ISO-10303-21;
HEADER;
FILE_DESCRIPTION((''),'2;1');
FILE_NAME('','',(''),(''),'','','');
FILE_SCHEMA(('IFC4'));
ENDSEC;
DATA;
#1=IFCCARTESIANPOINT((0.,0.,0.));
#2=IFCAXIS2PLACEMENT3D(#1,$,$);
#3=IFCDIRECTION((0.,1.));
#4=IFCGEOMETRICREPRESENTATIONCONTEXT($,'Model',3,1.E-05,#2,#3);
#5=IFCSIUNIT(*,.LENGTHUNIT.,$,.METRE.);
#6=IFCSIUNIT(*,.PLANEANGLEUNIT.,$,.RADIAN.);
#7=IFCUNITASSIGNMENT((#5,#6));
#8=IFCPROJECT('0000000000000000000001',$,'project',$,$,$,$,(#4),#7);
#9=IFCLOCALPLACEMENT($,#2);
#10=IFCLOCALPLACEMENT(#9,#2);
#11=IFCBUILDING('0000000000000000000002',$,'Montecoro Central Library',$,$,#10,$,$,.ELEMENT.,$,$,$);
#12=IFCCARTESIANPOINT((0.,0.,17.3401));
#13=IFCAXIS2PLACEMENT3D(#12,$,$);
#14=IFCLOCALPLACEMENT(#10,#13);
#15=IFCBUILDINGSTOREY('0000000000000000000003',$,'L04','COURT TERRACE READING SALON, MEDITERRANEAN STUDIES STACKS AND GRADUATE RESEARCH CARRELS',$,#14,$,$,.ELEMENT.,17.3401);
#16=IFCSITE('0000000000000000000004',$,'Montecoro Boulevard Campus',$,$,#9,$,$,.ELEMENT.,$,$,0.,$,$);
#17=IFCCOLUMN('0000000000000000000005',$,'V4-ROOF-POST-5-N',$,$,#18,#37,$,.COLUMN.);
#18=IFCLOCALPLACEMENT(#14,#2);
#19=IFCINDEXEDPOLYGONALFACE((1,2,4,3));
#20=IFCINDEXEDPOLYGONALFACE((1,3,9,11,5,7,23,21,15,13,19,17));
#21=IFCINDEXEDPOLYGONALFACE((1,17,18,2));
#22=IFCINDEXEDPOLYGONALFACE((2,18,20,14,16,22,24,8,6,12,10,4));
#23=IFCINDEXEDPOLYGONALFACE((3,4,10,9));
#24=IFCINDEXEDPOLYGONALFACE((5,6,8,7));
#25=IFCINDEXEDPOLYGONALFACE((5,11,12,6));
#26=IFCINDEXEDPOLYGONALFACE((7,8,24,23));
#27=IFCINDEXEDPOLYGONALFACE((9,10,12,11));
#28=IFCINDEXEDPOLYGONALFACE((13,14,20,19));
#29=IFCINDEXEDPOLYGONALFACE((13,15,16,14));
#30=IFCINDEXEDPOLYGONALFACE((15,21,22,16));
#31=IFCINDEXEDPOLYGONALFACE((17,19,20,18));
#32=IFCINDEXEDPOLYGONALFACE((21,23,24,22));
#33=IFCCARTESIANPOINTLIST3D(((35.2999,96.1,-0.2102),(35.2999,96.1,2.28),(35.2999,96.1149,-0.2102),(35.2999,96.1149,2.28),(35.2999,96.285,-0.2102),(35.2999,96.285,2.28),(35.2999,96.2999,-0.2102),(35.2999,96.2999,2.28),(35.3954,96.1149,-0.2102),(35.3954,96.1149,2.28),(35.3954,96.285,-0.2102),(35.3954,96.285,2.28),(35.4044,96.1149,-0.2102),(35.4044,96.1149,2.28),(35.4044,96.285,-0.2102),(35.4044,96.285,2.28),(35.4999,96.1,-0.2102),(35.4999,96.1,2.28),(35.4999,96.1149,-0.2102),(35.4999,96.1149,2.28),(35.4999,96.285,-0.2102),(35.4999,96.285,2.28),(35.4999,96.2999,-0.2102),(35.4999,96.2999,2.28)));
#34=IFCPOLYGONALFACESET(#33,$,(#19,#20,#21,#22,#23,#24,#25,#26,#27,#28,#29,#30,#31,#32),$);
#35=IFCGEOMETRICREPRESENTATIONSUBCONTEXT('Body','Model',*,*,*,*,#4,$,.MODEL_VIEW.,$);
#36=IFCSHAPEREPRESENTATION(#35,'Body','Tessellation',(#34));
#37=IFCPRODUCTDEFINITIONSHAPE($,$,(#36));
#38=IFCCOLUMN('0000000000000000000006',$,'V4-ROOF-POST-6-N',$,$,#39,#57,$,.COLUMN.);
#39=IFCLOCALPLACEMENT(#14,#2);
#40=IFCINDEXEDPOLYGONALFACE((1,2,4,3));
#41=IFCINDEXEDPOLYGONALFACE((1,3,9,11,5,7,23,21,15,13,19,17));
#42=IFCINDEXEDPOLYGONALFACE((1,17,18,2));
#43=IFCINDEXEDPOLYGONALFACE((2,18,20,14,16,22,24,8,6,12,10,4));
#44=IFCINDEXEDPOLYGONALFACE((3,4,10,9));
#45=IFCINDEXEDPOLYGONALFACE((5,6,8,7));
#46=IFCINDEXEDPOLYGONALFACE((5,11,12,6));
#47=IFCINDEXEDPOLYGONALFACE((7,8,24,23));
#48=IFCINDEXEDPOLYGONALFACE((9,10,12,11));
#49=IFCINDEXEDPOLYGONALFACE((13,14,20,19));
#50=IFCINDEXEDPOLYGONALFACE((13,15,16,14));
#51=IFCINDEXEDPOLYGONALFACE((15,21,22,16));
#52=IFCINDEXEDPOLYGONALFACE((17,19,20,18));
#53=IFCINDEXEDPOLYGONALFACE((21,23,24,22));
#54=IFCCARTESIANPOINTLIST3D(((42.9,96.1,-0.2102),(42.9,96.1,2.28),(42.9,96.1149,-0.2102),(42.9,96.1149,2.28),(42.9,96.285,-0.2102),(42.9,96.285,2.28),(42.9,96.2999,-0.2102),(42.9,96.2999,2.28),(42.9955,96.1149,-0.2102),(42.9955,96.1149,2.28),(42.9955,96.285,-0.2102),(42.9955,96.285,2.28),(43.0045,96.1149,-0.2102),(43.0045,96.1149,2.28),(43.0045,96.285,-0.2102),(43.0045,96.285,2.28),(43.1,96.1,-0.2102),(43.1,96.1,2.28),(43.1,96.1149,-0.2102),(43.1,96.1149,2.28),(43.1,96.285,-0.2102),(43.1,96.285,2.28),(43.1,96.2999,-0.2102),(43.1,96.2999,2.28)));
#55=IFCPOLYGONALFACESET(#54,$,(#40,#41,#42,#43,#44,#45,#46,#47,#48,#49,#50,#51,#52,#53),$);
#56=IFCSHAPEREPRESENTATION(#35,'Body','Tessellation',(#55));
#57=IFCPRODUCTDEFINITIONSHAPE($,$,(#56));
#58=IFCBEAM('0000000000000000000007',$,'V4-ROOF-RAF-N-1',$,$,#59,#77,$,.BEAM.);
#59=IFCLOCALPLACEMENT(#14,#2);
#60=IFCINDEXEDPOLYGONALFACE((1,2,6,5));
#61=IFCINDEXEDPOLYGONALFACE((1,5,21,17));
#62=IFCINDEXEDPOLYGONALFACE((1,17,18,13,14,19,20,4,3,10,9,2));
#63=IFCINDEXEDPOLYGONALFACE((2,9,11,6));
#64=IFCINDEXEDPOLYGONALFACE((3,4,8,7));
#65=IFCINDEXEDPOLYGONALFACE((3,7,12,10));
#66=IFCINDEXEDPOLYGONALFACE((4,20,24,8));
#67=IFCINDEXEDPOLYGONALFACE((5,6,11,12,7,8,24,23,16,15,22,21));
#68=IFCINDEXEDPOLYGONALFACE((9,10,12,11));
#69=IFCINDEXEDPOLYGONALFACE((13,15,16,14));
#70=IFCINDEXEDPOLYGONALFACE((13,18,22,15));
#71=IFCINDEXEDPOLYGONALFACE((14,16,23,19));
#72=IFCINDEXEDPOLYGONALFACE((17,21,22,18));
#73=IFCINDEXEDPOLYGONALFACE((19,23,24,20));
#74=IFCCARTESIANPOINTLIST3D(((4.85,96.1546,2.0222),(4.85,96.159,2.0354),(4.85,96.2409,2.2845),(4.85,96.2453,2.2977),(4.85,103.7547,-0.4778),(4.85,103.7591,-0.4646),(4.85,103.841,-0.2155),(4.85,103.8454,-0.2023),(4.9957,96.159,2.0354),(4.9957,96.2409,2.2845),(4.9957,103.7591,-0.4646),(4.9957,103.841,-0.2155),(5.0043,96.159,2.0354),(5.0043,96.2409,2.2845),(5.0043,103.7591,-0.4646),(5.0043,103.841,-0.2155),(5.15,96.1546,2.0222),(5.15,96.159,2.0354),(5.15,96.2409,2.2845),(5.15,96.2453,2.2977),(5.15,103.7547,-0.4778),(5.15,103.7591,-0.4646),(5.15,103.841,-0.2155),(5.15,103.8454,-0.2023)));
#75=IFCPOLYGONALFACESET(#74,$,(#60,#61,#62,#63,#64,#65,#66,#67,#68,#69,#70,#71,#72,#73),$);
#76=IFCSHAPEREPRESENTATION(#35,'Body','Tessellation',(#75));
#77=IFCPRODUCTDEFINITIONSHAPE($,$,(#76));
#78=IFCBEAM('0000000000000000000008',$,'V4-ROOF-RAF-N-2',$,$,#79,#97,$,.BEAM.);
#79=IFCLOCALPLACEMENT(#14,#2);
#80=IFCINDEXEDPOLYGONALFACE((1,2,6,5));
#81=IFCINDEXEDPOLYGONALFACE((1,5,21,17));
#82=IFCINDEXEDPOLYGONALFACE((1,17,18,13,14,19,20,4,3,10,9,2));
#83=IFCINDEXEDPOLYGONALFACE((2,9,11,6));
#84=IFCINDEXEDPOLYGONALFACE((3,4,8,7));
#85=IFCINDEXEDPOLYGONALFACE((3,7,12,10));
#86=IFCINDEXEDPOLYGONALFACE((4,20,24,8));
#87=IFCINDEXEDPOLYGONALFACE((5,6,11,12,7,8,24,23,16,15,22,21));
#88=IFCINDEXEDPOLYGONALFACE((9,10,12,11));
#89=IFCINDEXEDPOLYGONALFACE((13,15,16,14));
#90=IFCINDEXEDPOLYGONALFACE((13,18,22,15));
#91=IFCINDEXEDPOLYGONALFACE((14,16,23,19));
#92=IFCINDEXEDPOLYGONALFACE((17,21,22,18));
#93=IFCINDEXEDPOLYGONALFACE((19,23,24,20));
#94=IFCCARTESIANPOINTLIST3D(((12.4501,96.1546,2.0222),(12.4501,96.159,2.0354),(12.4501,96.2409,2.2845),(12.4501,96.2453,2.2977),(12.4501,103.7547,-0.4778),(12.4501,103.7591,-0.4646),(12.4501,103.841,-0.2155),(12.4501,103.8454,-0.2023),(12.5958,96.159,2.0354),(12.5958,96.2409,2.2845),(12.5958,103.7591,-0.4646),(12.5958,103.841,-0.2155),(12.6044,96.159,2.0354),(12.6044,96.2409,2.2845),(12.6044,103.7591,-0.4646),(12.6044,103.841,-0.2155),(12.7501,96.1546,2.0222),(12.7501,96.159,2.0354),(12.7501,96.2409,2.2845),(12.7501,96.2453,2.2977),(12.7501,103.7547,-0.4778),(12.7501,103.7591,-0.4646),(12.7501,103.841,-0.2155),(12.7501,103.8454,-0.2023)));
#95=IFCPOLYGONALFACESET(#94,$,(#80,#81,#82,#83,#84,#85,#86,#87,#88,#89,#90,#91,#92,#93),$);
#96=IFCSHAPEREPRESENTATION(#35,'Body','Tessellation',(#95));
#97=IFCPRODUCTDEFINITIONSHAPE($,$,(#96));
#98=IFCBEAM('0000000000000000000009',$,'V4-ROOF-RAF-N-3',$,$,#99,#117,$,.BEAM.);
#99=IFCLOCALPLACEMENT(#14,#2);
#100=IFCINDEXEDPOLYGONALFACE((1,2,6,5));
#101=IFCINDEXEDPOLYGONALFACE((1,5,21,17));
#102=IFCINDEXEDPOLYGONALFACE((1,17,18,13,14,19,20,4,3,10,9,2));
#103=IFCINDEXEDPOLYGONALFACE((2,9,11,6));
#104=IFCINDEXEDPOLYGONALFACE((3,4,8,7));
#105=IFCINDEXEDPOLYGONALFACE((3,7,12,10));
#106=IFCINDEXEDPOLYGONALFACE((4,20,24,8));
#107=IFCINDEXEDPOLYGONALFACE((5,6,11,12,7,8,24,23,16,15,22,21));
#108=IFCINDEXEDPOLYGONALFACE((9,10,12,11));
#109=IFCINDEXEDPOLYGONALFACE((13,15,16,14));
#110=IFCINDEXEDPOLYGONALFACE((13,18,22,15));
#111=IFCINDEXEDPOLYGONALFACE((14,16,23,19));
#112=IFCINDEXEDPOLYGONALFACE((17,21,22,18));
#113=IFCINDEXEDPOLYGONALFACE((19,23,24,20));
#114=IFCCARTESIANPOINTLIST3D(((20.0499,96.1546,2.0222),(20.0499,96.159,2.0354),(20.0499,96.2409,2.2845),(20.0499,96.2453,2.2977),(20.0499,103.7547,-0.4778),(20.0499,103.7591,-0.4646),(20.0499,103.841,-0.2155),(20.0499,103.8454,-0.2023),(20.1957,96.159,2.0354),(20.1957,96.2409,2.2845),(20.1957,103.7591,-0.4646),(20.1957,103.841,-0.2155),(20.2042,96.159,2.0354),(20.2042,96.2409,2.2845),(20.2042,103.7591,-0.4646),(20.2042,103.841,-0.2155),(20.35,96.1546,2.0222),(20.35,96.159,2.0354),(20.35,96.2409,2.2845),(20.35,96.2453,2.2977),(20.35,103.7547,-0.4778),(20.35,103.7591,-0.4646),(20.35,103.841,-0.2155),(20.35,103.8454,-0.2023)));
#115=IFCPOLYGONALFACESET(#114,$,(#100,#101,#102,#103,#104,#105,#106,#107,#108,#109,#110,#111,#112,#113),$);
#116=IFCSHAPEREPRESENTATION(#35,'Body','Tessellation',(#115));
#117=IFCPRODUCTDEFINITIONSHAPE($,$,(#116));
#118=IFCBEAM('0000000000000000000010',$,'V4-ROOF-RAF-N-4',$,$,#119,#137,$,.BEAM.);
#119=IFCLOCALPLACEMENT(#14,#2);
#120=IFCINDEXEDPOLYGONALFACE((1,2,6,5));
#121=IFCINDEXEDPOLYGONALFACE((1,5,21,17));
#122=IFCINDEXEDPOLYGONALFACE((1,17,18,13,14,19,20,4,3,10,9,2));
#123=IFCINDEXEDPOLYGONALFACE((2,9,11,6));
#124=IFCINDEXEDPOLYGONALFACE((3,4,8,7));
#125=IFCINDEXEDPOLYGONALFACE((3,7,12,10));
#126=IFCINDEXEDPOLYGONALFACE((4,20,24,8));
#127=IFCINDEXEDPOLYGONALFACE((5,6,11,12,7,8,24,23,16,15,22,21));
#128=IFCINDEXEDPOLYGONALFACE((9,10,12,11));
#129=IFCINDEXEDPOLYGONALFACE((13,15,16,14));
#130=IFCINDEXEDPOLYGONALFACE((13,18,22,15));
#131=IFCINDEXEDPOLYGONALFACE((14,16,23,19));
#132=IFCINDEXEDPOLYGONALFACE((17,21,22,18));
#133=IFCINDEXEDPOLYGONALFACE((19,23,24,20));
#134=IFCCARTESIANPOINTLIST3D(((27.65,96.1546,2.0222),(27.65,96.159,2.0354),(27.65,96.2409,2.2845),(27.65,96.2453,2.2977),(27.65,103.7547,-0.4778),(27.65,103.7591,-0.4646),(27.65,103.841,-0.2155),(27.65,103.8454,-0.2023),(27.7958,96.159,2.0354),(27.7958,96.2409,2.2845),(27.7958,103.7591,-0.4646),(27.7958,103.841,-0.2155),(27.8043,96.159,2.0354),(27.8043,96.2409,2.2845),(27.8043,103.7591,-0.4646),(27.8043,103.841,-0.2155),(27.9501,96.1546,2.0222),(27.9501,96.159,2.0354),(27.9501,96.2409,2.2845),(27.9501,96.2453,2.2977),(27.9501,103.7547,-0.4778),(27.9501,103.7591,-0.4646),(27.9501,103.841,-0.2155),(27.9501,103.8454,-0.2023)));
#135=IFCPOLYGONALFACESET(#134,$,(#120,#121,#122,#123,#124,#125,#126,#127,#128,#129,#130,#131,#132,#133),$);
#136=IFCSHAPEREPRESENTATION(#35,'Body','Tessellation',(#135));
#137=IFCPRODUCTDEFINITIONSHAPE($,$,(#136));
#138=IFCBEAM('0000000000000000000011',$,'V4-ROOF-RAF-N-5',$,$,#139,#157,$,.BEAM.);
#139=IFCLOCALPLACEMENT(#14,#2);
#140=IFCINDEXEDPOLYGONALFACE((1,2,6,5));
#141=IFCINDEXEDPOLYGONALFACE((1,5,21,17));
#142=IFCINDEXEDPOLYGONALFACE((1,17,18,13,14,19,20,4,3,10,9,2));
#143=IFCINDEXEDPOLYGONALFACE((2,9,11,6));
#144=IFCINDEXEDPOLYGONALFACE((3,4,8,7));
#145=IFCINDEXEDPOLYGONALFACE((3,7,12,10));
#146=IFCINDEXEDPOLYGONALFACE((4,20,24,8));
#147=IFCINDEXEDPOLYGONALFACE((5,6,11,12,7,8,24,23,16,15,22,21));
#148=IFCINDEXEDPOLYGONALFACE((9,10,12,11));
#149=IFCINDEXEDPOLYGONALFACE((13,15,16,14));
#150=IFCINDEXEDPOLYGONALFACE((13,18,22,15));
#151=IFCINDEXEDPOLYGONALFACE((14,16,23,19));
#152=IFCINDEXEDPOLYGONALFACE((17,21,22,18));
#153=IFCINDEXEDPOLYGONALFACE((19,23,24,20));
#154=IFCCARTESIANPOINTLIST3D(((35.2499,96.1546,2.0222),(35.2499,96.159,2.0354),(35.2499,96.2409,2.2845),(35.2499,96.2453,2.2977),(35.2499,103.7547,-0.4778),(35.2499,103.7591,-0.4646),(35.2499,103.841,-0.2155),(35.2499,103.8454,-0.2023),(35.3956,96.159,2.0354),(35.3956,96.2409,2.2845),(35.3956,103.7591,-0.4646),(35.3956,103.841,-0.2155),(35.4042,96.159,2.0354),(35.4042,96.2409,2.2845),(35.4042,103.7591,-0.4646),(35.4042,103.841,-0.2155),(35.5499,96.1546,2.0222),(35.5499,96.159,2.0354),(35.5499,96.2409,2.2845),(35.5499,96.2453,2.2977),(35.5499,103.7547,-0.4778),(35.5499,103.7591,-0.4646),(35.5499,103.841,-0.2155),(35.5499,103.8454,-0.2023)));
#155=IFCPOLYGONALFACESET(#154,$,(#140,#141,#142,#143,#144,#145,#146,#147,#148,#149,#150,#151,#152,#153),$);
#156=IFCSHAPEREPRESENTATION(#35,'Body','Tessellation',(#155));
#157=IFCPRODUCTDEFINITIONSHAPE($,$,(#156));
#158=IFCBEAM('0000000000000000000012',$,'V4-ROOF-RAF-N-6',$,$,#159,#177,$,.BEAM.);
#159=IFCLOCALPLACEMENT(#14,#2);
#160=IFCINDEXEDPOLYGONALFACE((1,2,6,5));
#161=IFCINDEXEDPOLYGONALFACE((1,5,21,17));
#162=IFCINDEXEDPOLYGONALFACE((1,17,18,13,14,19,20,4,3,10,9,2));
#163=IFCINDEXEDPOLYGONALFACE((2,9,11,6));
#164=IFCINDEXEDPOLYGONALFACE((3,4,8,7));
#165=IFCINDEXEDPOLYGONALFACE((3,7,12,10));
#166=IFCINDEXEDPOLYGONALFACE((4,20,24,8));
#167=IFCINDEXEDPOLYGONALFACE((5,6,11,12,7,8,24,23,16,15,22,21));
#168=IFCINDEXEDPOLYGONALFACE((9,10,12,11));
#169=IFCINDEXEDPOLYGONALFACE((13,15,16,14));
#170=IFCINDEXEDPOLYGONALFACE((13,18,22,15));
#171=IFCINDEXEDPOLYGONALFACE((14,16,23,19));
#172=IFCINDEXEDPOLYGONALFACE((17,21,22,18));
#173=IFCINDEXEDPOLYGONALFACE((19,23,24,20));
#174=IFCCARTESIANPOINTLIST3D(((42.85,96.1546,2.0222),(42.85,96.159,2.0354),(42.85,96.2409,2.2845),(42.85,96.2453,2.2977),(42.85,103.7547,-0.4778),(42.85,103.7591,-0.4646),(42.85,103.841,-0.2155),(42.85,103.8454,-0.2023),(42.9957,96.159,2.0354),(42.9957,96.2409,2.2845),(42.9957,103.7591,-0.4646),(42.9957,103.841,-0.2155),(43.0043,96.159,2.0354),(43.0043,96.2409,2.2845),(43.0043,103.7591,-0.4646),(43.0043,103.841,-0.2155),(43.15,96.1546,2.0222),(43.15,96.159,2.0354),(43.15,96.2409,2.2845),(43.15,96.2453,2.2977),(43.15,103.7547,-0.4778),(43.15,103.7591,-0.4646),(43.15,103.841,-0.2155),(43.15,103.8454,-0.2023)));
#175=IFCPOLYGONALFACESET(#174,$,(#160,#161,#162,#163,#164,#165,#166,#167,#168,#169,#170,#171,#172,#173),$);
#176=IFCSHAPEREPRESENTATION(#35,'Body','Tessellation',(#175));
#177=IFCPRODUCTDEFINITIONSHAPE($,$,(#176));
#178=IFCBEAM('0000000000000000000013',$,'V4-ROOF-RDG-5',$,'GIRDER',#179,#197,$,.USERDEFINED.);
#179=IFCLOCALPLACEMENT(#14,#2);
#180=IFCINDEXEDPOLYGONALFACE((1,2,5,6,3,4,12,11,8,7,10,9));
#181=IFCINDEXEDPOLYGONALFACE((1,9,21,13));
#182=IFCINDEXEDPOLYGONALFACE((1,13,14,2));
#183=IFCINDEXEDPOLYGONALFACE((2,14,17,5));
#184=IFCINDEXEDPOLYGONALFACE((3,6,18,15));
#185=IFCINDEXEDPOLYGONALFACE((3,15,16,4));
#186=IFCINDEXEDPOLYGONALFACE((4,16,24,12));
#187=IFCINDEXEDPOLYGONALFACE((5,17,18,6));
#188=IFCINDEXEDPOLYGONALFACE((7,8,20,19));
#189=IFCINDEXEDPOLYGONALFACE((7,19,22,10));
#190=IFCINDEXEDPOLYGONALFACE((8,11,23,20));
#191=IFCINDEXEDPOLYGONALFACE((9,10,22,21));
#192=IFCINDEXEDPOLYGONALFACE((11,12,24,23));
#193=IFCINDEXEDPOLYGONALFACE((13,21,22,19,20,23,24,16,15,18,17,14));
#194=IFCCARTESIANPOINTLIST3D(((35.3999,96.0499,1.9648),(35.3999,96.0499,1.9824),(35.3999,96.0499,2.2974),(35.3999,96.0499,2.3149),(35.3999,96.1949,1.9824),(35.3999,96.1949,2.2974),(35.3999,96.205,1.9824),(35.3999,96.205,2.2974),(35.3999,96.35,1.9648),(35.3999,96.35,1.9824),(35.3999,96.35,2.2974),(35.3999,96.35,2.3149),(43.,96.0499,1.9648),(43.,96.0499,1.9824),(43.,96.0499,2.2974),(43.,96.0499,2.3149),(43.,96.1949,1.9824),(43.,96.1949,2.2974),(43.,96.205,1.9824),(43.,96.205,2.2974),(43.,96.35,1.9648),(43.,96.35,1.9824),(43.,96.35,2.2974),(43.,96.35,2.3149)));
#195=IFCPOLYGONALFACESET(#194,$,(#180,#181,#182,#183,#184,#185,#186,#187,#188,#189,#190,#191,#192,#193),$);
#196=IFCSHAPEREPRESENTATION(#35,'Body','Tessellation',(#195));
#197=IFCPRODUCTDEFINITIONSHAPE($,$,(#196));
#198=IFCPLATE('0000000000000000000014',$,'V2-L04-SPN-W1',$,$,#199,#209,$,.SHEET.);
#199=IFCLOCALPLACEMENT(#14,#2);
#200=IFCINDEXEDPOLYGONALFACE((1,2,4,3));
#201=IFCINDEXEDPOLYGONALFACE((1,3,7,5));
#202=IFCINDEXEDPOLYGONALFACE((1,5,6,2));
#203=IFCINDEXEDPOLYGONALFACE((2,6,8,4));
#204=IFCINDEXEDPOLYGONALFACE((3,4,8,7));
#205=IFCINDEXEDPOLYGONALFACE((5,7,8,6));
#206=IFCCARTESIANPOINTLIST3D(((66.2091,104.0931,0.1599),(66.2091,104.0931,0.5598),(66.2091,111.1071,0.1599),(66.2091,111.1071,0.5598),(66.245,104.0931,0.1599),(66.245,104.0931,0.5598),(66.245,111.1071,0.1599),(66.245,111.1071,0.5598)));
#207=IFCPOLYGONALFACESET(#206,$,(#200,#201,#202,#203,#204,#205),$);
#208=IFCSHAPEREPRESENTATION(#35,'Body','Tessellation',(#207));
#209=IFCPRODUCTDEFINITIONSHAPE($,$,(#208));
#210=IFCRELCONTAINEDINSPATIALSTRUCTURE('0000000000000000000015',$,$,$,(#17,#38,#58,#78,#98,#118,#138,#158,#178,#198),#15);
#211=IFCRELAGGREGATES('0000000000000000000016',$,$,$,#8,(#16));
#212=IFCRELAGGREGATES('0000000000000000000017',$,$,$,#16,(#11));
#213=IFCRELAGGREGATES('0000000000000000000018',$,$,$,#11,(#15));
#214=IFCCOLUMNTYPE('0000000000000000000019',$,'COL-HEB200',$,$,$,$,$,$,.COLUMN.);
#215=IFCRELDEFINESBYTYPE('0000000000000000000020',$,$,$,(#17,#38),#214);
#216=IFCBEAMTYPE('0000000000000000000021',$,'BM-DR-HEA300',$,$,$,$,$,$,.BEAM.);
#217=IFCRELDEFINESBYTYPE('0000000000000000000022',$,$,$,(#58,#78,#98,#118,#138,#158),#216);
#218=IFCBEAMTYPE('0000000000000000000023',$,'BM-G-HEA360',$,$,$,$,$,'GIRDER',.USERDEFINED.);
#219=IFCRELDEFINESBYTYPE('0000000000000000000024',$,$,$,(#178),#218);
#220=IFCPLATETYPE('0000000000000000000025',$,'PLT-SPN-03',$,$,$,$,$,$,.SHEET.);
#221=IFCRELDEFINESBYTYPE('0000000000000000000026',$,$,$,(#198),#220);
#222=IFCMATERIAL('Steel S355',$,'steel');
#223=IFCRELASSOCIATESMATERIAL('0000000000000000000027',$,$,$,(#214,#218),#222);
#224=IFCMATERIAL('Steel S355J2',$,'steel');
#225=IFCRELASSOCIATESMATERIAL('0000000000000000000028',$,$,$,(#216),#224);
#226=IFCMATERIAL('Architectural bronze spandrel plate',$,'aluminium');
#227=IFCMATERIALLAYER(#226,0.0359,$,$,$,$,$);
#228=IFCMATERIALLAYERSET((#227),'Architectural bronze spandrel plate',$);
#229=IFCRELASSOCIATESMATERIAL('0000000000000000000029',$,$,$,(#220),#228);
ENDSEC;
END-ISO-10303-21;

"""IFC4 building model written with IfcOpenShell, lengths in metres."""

from ifc_helpers import new_model, si_unit, direction, frame, origin, origin_2d, place, context, subcontext, project, spatial, rectangle, i_section, extrude, material, layer, layer_set, material_profile, profile_set, type_object, element, save


model = new_model("IFC4")

# Units and contexts
model_context = context("Model", 3, precision=1e-05, world=origin(), true_north=direction((0.0, 1.0)))
body_context = subcontext(model_context, "Body", "Model", "MODEL_VIEW")
ifc_project = project(units=[si_unit("LENGTHUNIT", "METRE"), si_unit("PLANEANGLEUNIT", "RADIAN")], contexts=[model_context])

# Site, building, storey
site_placement = place(None, origin())
site = spatial("IfcSite", under=ifc_project, at=site_placement, Name="Montecoro Boulevard Campus", CompositionType="ELEMENT", RefElevation=0.0)
building_placement = place(site_placement, origin())
building = spatial("IfcBuilding", under=site, at=building_placement, Name="Montecoro Central Library", CompositionType="ELEMENT")
storey_placement = place(building_placement, frame((0.0, 0.0, 17.3401)))
storey = spatial("IfcBuildingStorey", under=building, at=storey_placement, Name="L04", Description="COURT TERRACE READING SALON, MEDITERRANEAN STUDIES STACKS AND GRADUATE RESEARCH CARRELS", CompositionType="ELEMENT", Elevation=17.3401)

# Columns
ifc_material_1 = material(Name="Steel S355", Category="steel")
ifc_material_profile_1 = material_profile(ifc_material_1, i_section(OverallWidth=0.2, OverallDepth=0.2, WebThickness=0.009, FlangeThickness=0.0149, at=origin_2d()), Name="HEB 200")
ifc_profile_set_1 = profile_set([ifc_material_profile_1], Name="Steel S355")
column_type = type_object("IfcColumnType", Name="COL-HEB200", PredefinedType="COLUMN", material=ifc_profile_set_1)
for number, where, z_axis, x_axis, name in (
    (1, (35.3999, 96.2, -0.2102), (0.0, 0.0, 1.0), (1.0, 0.0, 0.0), "V4-ROOF-POST-5-N"),
    (2, (43.0, 96.2, -0.2102), (0.0, 0.0, 1.0), (1.0, 0.0, 0.0), "V4-ROOF-POST-6-N"),
):
    element("IfcColumn", number, at=place(storey_placement, frame(where, z_axis=z_axis, x_axis=x_axis)), inside=storey, type_object=column_type, Name=name, PredefinedType="COLUMN", context=body_context, shape_type="SweptSolid", body=[
        extrude(i_section(OverallWidth=0.2, OverallDepth=0.2, WebThickness=0.009, FlangeThickness=0.0149, at=origin_2d()), origin(), (0.0, 0.0, 1.0), 2.4902),
    ])

# Beams
ifc_material_2 = material(Name="Steel S355J2", Category="steel")
ifc_material_profile_2 = material_profile(ifc_material_2, i_section(OverallWidth=0.3, OverallDepth=0.29, WebThickness=0.0085, FlangeThickness=0.0139, at=origin_2d()), Name="HEA 300")
ifc_profile_set_2 = profile_set([ifc_material_profile_2], Name="Steel S355J2")
beam_type_1 = type_object("IfcBeamType", Name="BM-DR-HEA300", PredefinedType="BEAM", material=ifc_profile_set_2)
for number, where, z_axis, x_axis, name in (
    (3, (5.0, 103.8, -0.3401), (0.0, -0.949927, 0.312472), (1.0, 0.0, 0.0), "V4-ROOF-RAF-N-1"),
    (4, (12.6001, 103.8, -0.3401), (0.0, -0.949927, 0.312472), (1.0, 0.0, 0.0), "V4-ROOF-RAF-N-2"),
    (5, (20.2, 103.8, -0.3401), (0.0, -0.949927, 0.312472), (1.0, 0.0, 0.0), "V4-ROOF-RAF-N-3"),
    (6, (27.8, 103.8, -0.3401), (0.0, -0.949927, 0.312472), (1.0, 0.0, 0.0), "V4-ROOF-RAF-N-4"),
    (7, (35.3999, 103.8, -0.3401), (0.0, -0.949927, 0.312472), (1.0, 0.0, 0.0), "V4-ROOF-RAF-N-5"),
    (8, (43.0, 103.8, -0.3401), (0.0, -0.949927, 0.312472), (1.0, 0.0, 0.0), "V4-ROOF-RAF-N-6"),
):
    element("IfcBeam", number, at=place(storey_placement, frame(where, z_axis=z_axis, x_axis=x_axis)), inside=storey, type_object=beam_type_1, Name=name, PredefinedType="BEAM", context=body_context, shape_type="SweptSolid", body=[
        extrude(i_section(OverallWidth=0.3, OverallDepth=0.29, WebThickness=0.0085, FlangeThickness=0.0139, at=origin_2d()), origin(), (0.0, 0.0, 1.0), 8.0007),
    ])
ifc_material_profile_3 = material_profile(ifc_material_1, i_section(OverallWidth=0.3, OverallDepth=0.3501, WebThickness=0.01, FlangeThickness=0.0176, at=origin_2d()), Name="HEA 360")
ifc_profile_set_3 = profile_set([ifc_material_profile_3], Name="Steel S355")
beam_type_2 = type_object("IfcBeamType", Name="BM-G-HEA360", ElementType="GIRDER", PredefinedType="USERDEFINED", material=ifc_profile_set_3)
beam_placement = place(storey_placement, frame((35.3999, 96.2, 2.1399), z_axis=(1.0, 0.0, 0.0), x_axis=(0.0, 1.0, 0.0)))
element("IfcBeam", 9, at=beam_placement, inside=storey, type_object=beam_type_2, Name="V4-ROOF-RDG-5", ObjectType="GIRDER", PredefinedType="USERDEFINED", context=body_context, shape_type="SweptSolid", body=[
    extrude(i_section(OverallWidth=0.3, OverallDepth=0.3501, WebThickness=0.01, FlangeThickness=0.0176, at=origin_2d()), origin(), (0.0, 0.0, 1.0), 7.6001),
])

# Plate
ifc_material_3 = material(Name="Architectural bronze spandrel plate", Category="aluminium")
ifc_layer_1 = layer(ifc_material_3, 0.0359)
ifc_layer_set_1 = layer_set([ifc_layer_1], Name="Architectural bronze spandrel plate")
plate_type = type_object("IfcPlateType", Name="PLT-SPN-03", PredefinedType="SHEET", material=ifc_layer_set_1)
plate_placement = place(storey_placement, frame((66.2271, 107.6001, 0.1599), z_axis=(0.0, 0.0, 1.0), x_axis=(0.0, -1.0, 0.0)))
element("IfcPlate", 10, at=plate_placement, inside=storey, type_object=plate_type, Name="V2-L04-SPN-W1", PredefinedType="SHEET", context=body_context, shape_type="SweptSolid", body=[
    extrude(rectangle(XDim=7.0139, YDim=0.0359, at=origin_2d()), origin(), (0.0, 0.0, 1.0), 0.3999),
])

save(model, "model.ifc")
